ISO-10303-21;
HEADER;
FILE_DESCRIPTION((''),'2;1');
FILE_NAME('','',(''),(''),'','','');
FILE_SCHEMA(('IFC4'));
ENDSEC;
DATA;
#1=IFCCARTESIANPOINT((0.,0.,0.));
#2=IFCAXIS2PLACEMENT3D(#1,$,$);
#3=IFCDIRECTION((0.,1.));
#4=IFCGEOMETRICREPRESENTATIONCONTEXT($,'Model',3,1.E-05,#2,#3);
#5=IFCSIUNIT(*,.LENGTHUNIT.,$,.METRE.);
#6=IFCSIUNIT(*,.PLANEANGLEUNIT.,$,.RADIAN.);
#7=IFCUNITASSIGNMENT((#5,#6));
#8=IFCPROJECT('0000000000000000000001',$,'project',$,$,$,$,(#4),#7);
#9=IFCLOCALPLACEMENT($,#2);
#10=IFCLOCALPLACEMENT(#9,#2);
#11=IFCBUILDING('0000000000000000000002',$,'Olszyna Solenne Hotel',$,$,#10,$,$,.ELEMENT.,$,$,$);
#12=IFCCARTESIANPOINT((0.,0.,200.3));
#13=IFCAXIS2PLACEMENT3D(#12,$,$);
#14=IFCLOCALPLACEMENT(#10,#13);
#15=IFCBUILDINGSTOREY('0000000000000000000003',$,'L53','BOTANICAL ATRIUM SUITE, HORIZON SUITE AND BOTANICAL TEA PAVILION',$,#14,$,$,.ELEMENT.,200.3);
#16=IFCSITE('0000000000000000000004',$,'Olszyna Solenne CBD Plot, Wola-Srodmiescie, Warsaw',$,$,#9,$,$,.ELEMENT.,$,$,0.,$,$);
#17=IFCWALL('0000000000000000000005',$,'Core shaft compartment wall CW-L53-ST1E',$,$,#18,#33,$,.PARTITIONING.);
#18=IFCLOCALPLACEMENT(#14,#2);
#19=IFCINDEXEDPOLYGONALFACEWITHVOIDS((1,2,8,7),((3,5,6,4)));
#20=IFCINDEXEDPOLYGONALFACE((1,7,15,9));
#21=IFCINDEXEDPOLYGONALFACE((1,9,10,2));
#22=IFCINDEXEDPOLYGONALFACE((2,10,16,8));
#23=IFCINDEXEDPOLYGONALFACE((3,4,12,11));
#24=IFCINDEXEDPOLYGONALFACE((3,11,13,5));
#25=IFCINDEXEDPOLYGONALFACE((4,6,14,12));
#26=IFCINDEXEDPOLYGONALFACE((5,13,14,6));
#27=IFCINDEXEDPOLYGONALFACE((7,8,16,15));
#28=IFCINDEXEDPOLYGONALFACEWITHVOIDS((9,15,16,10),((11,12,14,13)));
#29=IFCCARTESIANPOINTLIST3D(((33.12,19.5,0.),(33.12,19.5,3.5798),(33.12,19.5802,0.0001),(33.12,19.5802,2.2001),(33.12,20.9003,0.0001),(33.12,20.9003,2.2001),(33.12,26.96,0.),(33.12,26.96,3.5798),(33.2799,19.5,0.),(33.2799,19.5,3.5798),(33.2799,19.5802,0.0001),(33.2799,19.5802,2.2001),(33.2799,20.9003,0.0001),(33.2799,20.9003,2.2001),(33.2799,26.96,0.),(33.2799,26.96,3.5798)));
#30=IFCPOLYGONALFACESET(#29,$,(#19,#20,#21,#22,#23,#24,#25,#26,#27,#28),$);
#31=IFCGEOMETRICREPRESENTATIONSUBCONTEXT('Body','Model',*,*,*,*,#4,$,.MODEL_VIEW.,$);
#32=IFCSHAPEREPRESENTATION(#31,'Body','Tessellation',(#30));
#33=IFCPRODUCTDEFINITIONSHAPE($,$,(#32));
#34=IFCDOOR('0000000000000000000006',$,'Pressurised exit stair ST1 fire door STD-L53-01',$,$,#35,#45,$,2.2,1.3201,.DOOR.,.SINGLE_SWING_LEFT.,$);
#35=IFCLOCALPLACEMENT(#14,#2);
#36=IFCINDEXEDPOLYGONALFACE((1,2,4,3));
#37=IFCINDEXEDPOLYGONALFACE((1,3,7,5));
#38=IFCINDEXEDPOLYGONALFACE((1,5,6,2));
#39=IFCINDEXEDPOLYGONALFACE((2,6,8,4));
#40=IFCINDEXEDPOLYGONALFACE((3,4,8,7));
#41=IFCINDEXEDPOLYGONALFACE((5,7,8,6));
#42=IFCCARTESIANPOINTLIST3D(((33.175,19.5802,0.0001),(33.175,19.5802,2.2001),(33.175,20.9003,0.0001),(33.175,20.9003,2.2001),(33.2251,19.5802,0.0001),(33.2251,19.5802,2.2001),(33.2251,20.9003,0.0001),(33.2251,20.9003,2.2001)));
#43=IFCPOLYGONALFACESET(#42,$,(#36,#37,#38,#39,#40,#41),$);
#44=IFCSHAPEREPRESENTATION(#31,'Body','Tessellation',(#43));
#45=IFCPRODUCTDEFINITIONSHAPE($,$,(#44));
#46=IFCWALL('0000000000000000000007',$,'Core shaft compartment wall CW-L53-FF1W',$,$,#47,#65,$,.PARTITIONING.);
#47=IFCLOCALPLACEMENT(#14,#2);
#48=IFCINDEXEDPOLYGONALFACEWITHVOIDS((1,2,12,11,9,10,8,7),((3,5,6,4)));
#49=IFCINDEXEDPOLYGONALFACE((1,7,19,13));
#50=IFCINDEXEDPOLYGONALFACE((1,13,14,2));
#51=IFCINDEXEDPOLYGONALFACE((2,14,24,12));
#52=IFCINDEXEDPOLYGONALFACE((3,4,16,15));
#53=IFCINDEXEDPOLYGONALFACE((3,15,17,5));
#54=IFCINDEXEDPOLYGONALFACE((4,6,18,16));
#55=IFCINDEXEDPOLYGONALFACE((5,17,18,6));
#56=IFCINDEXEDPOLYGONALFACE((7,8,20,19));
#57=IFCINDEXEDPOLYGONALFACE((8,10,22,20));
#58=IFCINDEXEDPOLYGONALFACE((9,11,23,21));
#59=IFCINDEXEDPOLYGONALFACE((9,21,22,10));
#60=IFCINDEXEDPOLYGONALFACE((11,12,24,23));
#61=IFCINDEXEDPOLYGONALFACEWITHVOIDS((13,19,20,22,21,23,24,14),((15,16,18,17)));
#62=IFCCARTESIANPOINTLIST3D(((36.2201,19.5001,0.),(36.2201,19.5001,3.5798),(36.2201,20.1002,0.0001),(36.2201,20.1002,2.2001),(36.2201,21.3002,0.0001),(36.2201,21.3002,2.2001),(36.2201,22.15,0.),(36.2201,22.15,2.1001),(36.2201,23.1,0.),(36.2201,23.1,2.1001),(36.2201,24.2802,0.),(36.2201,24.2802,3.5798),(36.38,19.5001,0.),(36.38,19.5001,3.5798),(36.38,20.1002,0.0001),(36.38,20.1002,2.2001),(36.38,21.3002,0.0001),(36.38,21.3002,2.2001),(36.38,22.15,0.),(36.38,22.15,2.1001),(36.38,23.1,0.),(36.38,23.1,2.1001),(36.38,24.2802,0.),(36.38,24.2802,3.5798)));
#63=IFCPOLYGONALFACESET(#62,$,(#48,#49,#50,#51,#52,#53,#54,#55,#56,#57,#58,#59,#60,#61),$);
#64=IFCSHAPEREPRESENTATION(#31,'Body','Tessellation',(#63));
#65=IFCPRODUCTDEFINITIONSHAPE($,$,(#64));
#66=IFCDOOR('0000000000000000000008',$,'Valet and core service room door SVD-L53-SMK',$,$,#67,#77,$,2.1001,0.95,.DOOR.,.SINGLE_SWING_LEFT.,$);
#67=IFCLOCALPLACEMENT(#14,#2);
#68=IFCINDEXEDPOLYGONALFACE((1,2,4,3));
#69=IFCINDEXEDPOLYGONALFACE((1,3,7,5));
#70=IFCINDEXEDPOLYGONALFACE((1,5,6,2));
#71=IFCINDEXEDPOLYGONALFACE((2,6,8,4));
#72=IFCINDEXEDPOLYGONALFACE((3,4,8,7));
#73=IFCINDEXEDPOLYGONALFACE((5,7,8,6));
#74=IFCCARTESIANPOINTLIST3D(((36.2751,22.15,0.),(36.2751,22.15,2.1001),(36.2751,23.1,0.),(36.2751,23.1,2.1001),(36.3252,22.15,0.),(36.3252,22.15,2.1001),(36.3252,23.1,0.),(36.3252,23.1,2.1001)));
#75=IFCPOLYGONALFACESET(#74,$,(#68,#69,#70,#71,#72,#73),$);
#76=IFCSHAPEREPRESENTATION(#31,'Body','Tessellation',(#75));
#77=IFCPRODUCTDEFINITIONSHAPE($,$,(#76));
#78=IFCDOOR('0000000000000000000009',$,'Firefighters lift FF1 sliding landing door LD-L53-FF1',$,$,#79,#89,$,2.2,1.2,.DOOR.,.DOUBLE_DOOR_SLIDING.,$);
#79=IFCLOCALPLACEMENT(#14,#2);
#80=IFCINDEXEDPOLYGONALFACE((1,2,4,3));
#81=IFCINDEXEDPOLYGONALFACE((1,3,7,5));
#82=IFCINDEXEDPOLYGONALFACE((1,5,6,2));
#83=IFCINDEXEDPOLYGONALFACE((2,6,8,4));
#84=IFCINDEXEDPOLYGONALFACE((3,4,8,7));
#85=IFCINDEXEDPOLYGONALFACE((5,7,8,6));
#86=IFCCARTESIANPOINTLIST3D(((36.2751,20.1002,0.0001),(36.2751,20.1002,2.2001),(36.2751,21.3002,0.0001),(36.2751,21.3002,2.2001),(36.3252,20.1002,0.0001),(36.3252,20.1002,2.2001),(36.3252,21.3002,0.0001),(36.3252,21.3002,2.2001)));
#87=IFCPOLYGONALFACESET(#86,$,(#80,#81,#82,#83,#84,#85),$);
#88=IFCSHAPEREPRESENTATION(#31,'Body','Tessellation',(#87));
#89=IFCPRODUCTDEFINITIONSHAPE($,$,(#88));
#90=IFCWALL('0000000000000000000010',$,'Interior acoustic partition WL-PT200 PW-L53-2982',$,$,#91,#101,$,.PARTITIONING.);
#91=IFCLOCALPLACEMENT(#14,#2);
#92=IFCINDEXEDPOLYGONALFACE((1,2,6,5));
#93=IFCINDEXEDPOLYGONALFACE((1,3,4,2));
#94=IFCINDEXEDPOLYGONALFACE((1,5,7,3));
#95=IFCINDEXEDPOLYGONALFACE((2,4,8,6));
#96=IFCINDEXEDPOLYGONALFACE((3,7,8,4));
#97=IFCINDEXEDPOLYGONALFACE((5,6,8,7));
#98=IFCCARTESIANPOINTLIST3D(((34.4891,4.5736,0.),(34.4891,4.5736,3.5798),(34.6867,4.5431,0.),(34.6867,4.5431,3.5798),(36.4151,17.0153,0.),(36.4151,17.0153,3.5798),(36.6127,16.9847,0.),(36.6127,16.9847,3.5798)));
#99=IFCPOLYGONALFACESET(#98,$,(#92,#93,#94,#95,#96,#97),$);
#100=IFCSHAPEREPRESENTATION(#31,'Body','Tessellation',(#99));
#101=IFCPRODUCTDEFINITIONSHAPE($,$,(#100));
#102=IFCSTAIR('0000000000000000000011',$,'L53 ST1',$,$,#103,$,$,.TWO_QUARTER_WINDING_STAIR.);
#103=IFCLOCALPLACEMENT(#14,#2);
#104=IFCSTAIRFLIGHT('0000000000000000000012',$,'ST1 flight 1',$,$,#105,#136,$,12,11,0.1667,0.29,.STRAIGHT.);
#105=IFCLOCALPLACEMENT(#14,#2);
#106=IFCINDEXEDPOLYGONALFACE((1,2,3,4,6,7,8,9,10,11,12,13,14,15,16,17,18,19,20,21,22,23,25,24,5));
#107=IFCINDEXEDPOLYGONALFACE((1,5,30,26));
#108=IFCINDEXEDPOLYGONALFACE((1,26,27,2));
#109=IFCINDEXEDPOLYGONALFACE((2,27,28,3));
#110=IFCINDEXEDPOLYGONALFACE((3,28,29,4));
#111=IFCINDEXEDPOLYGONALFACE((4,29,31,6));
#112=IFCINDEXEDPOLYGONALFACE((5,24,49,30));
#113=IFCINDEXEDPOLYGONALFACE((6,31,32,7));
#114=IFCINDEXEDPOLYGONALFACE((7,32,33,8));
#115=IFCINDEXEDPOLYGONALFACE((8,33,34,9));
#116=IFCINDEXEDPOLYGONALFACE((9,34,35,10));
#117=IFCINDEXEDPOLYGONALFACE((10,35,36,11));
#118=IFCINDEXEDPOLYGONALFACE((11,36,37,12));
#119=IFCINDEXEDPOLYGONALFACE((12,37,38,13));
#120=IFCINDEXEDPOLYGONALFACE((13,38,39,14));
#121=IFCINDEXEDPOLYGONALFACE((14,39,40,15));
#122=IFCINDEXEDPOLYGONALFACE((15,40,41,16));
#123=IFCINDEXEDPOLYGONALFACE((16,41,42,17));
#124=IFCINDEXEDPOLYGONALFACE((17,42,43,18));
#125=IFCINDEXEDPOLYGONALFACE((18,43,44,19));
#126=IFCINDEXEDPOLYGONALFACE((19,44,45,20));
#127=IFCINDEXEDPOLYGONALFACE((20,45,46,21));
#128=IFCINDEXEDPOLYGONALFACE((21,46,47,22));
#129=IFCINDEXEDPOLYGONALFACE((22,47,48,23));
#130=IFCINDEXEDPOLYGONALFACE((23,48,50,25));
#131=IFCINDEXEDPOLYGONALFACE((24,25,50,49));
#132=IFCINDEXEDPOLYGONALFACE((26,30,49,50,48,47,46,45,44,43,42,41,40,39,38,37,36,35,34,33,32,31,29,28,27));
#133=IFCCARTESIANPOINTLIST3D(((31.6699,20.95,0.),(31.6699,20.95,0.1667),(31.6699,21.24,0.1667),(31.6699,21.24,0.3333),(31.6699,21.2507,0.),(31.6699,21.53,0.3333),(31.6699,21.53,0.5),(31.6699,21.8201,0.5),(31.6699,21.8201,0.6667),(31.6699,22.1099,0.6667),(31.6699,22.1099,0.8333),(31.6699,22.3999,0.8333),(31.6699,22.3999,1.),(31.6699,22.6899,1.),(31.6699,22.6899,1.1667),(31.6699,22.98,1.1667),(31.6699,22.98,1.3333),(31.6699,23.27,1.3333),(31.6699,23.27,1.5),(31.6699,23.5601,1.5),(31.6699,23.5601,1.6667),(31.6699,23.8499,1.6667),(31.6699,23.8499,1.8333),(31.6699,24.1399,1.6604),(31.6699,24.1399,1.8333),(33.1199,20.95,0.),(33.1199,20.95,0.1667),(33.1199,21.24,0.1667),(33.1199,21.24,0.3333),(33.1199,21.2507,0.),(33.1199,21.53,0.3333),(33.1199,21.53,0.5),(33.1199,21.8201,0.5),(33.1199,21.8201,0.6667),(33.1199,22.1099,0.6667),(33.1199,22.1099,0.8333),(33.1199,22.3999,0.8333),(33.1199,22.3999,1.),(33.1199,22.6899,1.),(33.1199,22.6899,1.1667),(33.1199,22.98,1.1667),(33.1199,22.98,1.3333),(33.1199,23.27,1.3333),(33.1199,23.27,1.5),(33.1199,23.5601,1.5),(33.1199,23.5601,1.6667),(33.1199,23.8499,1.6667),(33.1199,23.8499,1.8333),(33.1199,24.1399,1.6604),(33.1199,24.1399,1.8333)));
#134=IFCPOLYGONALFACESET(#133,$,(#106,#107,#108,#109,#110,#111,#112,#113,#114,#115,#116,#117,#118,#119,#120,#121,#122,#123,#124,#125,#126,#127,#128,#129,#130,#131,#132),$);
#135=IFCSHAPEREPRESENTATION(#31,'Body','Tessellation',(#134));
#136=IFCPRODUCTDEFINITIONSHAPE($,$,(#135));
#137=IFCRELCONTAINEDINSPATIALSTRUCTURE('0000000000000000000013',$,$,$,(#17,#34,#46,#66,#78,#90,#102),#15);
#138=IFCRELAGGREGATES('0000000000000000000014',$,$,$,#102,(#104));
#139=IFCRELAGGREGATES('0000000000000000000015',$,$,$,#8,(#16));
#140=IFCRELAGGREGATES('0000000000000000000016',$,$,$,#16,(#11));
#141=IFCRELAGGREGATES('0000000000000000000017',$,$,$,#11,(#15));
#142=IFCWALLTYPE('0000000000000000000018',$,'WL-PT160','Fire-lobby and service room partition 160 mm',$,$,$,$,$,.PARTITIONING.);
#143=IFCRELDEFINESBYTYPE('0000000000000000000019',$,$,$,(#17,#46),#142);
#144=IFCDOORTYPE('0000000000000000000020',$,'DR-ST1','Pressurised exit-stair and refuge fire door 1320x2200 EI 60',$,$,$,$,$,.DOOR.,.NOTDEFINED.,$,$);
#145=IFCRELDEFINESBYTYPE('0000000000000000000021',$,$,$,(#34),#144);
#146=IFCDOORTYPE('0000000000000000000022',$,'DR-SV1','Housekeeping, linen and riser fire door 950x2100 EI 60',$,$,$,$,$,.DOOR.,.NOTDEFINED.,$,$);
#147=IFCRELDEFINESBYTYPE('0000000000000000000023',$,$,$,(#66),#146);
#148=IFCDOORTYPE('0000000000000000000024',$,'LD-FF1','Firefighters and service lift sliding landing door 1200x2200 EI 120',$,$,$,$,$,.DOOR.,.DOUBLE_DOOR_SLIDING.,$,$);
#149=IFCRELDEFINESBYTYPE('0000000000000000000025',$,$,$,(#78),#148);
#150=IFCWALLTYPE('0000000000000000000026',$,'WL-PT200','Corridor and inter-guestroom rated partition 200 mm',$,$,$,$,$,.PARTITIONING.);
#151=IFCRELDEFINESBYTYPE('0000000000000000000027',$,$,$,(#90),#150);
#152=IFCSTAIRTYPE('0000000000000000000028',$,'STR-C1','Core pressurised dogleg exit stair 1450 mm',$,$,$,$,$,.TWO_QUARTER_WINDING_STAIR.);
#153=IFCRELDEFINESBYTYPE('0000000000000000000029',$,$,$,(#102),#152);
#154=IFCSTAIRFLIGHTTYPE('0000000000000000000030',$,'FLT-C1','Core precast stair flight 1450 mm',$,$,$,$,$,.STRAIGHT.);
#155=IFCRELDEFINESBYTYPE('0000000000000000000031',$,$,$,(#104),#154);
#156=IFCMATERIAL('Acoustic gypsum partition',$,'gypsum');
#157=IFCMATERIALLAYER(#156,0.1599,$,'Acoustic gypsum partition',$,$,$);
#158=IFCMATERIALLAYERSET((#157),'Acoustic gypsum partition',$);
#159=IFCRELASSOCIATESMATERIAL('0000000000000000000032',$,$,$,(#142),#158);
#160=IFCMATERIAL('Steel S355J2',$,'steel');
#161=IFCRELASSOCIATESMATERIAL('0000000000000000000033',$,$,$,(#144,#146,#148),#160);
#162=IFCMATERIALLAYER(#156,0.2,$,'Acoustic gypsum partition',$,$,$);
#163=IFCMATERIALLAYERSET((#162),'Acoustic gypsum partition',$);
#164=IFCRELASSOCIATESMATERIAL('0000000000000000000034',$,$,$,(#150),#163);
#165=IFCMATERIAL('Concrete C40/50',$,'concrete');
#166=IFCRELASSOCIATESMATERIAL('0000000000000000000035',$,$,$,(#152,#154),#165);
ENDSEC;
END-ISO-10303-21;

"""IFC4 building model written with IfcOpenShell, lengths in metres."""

from ifc_helpers import new_model, si_unit, direction, frame, frame_2d, origin, place, context, subcontext, project, spatial, polyline, rectangle, outline, extrude, source, transform, mapped, material, layer, layer_set, type_object, type_shapes, element, fill, aggregate, save


model = new_model("IFC4")

# Units and contexts
model_context = context("Model", 3, precision=1e-05, world=origin(), true_north=direction((0.0, 1.0)))
body_context = subcontext(model_context, "Body", "Model", "MODEL_VIEW")
ifc_project = project(units=[si_unit("LENGTHUNIT", "METRE"), si_unit("PLANEANGLEUNIT", "RADIAN")], contexts=[model_context])

# Site, building, storey
site_placement = place(None, origin())
site = spatial("IfcSite", under=ifc_project, at=site_placement, Name="Olszyna Solenne CBD Plot, Wola-Srodmiescie, Warsaw", CompositionType="ELEMENT", RefElevation=0.0)
building_placement = place(site_placement, origin())
building = spatial("IfcBuilding", under=site, at=building_placement, Name="Olszyna Solenne Hotel", CompositionType="ELEMENT")
storey_placement = place(building_placement, frame((0.0, 0.0, 200.3)))
storey = spatial("IfcBuildingStorey", under=building, at=storey_placement, Name="L53", Description="BOTANICAL ATRIUM SUITE, HORIZON SUITE AND BOTANICAL TEA PAVILION", CompositionType="ELEMENT", Elevation=200.3)

# Shared definitions
ifc_material_1 = material(Name="Steel S355J2", Category="steel")

# Shared definitions
ifc_material_2 = material(Name="Acoustic gypsum partition", Category="gypsum")

# Wall, opening, door
ifc_layer_1 = layer(ifc_material_2, 0.1599, Name="Acoustic gypsum partition")
ifc_layer_set_1 = layer_set([ifc_layer_1], Name="Acoustic gypsum partition")
wall_type_1 = type_object("IfcWallType", Name="WL-PT160", Description="Fire-lobby and service room partition 160 mm", PredefinedType="PARTITIONING", material=ifc_layer_set_1)
wall_1_placement = place(storey_placement, frame((33.2, 19.5, 0.0), z_axis=(0.0, 0.0, 1.0), x_axis=(0.0, 1.0, 0.0)))
wall_1 = element("IfcWall", 1, at=wall_1_placement, inside=storey, type_object=wall_type_1, Name="Core shaft compartment wall CW-L53-ST1E", PredefinedType="PARTITIONING", context=body_context, shape_type="SweptSolid", body=[
    extrude(rectangle(XDim=7.46, YDim=0.1599, at=frame_2d((3.73, 0.0))), origin(), (0.0, 0.0, 1.0), 3.5798),
])
opening_1_placement = place(wall_1_placement, frame((0.0801, 0.0, 0.0)))
opening_1 = element("IfcOpeningElement", 2, at=opening_1_placement, cuts=wall_1, PredefinedType="OPENING", context=body_context, shape_type="SweptSolid", body=[
    extrude(rectangle(XDim=1.3201, YDim=2.2, at=frame_2d((0.6602, 1.1001))), frame((0.0, 0.0898, 0.0), z_axis=(0.0, -1.0, 0.0), x_axis=(1.0, 0.0, 0.0)), (0.0, 0.0, 1.0), 0.1799),
])
door_type_1 = type_object("IfcDoorType", Name="DR-ST1", Description="Pressurised exit-stair and refuge fire door 1320x2200 EI 60", OperationType="NOTDEFINED", PredefinedType="DOOR", material=ifc_material_1)
shared_shape_1 = source(origin(), body_context, "Body", "SweptSolid", [
    extrude(rectangle(XDim=1.3201, YDim=2.2, at=frame_2d((0.6602, 1.1001))), frame((0.0, 0.0249, 0.0), z_axis=(0.0, -1.0, 0.0), x_axis=(1.0, 0.0, 0.0)), (0.0, 0.0, 1.0), 0.05),
])
type_shapes(door_type_1, [shared_shape_1])
door_1_placement = place(opening_1_placement, origin())
door_1 = element("IfcDoor", 3, at=door_1_placement, inside=storey, type_object=door_type_1, Name="Pressurised exit stair ST1 fire door STD-L53-01", OperationType="SINGLE_SWING_LEFT", OverallHeight=2.2, OverallWidth=1.3201, PredefinedType="DOOR", context=body_context, shape_type="MappedRepresentation", body=[
    mapped(shared_shape_1, transform((0.0, 0.0, 0.0), x_axis=(1.0, 0.0, 0.0), y_axis=(0.0, 1.0, 0.0), z_axis=(0.0, 0.0, 1.0), scale=1.0)),
])
fill(opening_1, door_1)

# Wall, openings, doors
wall_2_placement = place(storey_placement, frame((36.3, 19.5, 0.0), z_axis=(0.0, 0.0, 1.0), x_axis=(0.0, 1.0, 0.0)))
wall_2 = element("IfcWall", 4, at=wall_2_placement, inside=storey, type_object=wall_type_1, Name="Core shaft compartment wall CW-L53-FF1W", PredefinedType="PARTITIONING", context=body_context, shape_type="SweptSolid", body=[
    extrude(rectangle(XDim=4.78, YDim=0.1599, at=frame_2d((2.3901, 0.0))), origin(), (0.0, 0.0, 1.0), 3.5798),
])
opening_2_placement = place(wall_2_placement, frame((0.6001, 0.0, 0.0)))
opening_2 = element("IfcOpeningElement", 5, at=opening_2_placement, cuts=wall_2, PredefinedType="OPENING", context=body_context, shape_type="SweptSolid", body=[
    extrude(rectangle(XDim=1.2, YDim=2.2, at=frame_2d((0.6001, 1.1001))), frame((0.0, 0.0898, 0.0), z_axis=(0.0, -1.0, 0.0), x_axis=(1.0, 0.0, 0.0)), (0.0, 0.0, 1.0), 0.1799),
])
opening_3_placement = place(wall_2_placement, frame((2.6499, 0.0, 0.0)))
opening_3 = element("IfcOpeningElement", 6, at=opening_3_placement, cuts=wall_2, PredefinedType="OPENING", context=body_context, shape_type="SweptSolid", body=[
    extrude(rectangle(XDim=0.95, YDim=2.1001, at=frame_2d((0.4751, 1.05))), frame((0.0, 0.0898, 0.0), z_axis=(0.0, -1.0, 0.0), x_axis=(1.0, 0.0, 0.0)), (0.0, 0.0, 1.0), 0.1799),
])
door_type_2 = type_object("IfcDoorType", Name="DR-SV1", Description="Housekeeping, linen and riser fire door 950x2100 EI 60", OperationType="NOTDEFINED", PredefinedType="DOOR", material=ifc_material_1)
shared_shape_2 = source(origin(), body_context, "Body", "SweptSolid", [
    extrude(rectangle(XDim=0.95, YDim=2.1001, at=frame_2d((0.4751, 1.05))), frame((0.0, 0.0249, 0.0), z_axis=(0.0, -1.0, 0.0), x_axis=(1.0, 0.0, 0.0)), (0.0, 0.0, 1.0), 0.05),
])
type_shapes(door_type_2, [shared_shape_2])
door_2_placement = place(opening_3_placement, origin())
door_2 = element("IfcDoor", 7, at=door_2_placement, inside=storey, type_object=door_type_2, Name="Valet and core service room door SVD-L53-SMK", OperationType="SINGLE_SWING_LEFT", OverallHeight=2.1001, OverallWidth=0.95, PredefinedType="DOOR", context=body_context, shape_type="MappedRepresentation", body=[
    mapped(shared_shape_2, transform((0.0, 0.0, 0.0), x_axis=(1.0, 0.0, 0.0), y_axis=(0.0, 1.0, 0.0), z_axis=(0.0, 0.0, 1.0), scale=1.0)),
])
fill(opening_3, door_2)
door_type_3 = type_object("IfcDoorType", Name="LD-FF1", Description="Firefighters and service lift sliding landing door 1200x2200 EI 120", OperationType="DOUBLE_DOOR_SLIDING", PredefinedType="DOOR", material=ifc_material_1)
shared_shape_3 = source(origin(), body_context, "Body", "SweptSolid", [
    extrude(rectangle(XDim=1.2, YDim=2.2, at=frame_2d((0.6001, 1.1001))), frame((0.0, 0.0249, 0.0), z_axis=(0.0, -1.0, 0.0), x_axis=(1.0, 0.0, 0.0)), (0.0, 0.0, 1.0), 0.05),
])
type_shapes(door_type_3, [shared_shape_3])
door_3_placement = place(opening_2_placement, origin())
door_3 = element("IfcDoor", 8, at=door_3_placement, inside=storey, type_object=door_type_3, Name="Firefighters lift FF1 sliding landing door LD-L53-FF1", OperationType="DOUBLE_DOOR_SLIDING", OverallHeight=2.2, OverallWidth=1.2, PredefinedType="DOOR", context=body_context, shape_type="MappedRepresentation", body=[
    mapped(shared_shape_3, transform((0.0, 0.0, 0.0), x_axis=(1.0, 0.0, 0.0), y_axis=(0.0, 1.0, 0.0), z_axis=(0.0, 0.0, 1.0), scale=1.0)),
])
fill(opening_2, door_3)

# Wall
ifc_layer_2 = layer(ifc_material_2, 0.2, Name="Acoustic gypsum partition")
ifc_layer_set_2 = layer_set([ifc_layer_2], Name="Acoustic gypsum partition")
wall_type_2 = type_object("IfcWallType", Name="WL-PT200", Description="Corridor and inter-guestroom rated partition 200 mm", PredefinedType="PARTITIONING", material=ifc_layer_set_2)
wall_3_placement = place(storey_placement, frame((36.5139, 17.0, 0.0), z_axis=(0.0, 0.0, 1.0), x_axis=(-0.152982, -0.988229, 0.0)))
element("IfcWall", 9, at=wall_3_placement, inside=storey, type_object=wall_type_2, Name="Interior acoustic partition WL-PT200 PW-L53-2982", PredefinedType="PARTITIONING", context=body_context, shape_type="SweptSolid", body=[
    extrude(rectangle(XDim=12.5898, YDim=0.2, at=frame_2d((6.2949, 0.0))), origin(), (0.0, 0.0, 1.0), 3.5798),
])

# Stair, stair flight
ifc_material_3 = material(Name="Concrete C40/50", Category="concrete")
stair_type = type_object("IfcStairType", Name="STR-C1", Description="Core pressurised dogleg exit stair 1450 mm", PredefinedType="TWO_QUARTER_WINDING_STAIR", material=ifc_material_3)
stair_placement = place(storey_placement, origin())
stair = element("IfcStair", 10, at=stair_placement, inside=storey, type_object=stair_type, Name="L53 ST1", PredefinedType="TWO_QUARTER_WINDING_STAIR")
stair_flight_type = type_object("IfcStairFlightType", Name="FLT-C1", Description="Core precast stair flight 1450 mm", PredefinedType="STRAIGHT", material=ifc_material_3)
stair_flight_placement = place(storey_placement, frame((32.395, 20.95, 0.0), z_axis=(0.0, 0.0, 1.0), x_axis=(0.0, 1.0, 0.0)))
stair_flight = element("IfcStairFlight", 11, at=stair_flight_placement, type_object=stair_flight_type, Name="ST1 flight 1", NumberOfRisers=12, NumberOfTreads=11, PredefinedType="STRAIGHT", RiserHeight=0.1667, TreadLength=0.29, context=body_context, shape_type="SweptSolid", body=[
    extrude(outline(polyline([(0.0, 0.0), (0.0, 0.1667), (0.29, 0.1667), (0.29, 0.3333), (0.5801, 0.3333), (0.5801, 0.5), (0.8701, 0.5), (0.8701, 0.6667), (1.1599, 0.6667), (1.1599, 0.8333), (1.45, 0.8333), (1.45, 1.0), (1.74, 1.0), (1.74, 1.1667), (2.03, 1.1667), (2.03, 1.3333), (2.3201, 1.3333), (2.3201, 1.5), (2.6101, 1.5), (2.6101, 1.6667), (2.8999, 1.6667), (2.8999, 1.8333), (3.1899, 1.8333), (3.1899, 2.0), (3.1899, 1.6604), (0.3008, 0.0), (0.0, 0.0)])), frame((0.0, 0.7251, 0.0), z_axis=(0.0, -1.0, 0.0), x_axis=(1.0, 0.0, 0.0)), (0.0, 0.0, 1.0), 1.45),
])
aggregate(stair, [stair_flight])

save(model, "model.ifc")
